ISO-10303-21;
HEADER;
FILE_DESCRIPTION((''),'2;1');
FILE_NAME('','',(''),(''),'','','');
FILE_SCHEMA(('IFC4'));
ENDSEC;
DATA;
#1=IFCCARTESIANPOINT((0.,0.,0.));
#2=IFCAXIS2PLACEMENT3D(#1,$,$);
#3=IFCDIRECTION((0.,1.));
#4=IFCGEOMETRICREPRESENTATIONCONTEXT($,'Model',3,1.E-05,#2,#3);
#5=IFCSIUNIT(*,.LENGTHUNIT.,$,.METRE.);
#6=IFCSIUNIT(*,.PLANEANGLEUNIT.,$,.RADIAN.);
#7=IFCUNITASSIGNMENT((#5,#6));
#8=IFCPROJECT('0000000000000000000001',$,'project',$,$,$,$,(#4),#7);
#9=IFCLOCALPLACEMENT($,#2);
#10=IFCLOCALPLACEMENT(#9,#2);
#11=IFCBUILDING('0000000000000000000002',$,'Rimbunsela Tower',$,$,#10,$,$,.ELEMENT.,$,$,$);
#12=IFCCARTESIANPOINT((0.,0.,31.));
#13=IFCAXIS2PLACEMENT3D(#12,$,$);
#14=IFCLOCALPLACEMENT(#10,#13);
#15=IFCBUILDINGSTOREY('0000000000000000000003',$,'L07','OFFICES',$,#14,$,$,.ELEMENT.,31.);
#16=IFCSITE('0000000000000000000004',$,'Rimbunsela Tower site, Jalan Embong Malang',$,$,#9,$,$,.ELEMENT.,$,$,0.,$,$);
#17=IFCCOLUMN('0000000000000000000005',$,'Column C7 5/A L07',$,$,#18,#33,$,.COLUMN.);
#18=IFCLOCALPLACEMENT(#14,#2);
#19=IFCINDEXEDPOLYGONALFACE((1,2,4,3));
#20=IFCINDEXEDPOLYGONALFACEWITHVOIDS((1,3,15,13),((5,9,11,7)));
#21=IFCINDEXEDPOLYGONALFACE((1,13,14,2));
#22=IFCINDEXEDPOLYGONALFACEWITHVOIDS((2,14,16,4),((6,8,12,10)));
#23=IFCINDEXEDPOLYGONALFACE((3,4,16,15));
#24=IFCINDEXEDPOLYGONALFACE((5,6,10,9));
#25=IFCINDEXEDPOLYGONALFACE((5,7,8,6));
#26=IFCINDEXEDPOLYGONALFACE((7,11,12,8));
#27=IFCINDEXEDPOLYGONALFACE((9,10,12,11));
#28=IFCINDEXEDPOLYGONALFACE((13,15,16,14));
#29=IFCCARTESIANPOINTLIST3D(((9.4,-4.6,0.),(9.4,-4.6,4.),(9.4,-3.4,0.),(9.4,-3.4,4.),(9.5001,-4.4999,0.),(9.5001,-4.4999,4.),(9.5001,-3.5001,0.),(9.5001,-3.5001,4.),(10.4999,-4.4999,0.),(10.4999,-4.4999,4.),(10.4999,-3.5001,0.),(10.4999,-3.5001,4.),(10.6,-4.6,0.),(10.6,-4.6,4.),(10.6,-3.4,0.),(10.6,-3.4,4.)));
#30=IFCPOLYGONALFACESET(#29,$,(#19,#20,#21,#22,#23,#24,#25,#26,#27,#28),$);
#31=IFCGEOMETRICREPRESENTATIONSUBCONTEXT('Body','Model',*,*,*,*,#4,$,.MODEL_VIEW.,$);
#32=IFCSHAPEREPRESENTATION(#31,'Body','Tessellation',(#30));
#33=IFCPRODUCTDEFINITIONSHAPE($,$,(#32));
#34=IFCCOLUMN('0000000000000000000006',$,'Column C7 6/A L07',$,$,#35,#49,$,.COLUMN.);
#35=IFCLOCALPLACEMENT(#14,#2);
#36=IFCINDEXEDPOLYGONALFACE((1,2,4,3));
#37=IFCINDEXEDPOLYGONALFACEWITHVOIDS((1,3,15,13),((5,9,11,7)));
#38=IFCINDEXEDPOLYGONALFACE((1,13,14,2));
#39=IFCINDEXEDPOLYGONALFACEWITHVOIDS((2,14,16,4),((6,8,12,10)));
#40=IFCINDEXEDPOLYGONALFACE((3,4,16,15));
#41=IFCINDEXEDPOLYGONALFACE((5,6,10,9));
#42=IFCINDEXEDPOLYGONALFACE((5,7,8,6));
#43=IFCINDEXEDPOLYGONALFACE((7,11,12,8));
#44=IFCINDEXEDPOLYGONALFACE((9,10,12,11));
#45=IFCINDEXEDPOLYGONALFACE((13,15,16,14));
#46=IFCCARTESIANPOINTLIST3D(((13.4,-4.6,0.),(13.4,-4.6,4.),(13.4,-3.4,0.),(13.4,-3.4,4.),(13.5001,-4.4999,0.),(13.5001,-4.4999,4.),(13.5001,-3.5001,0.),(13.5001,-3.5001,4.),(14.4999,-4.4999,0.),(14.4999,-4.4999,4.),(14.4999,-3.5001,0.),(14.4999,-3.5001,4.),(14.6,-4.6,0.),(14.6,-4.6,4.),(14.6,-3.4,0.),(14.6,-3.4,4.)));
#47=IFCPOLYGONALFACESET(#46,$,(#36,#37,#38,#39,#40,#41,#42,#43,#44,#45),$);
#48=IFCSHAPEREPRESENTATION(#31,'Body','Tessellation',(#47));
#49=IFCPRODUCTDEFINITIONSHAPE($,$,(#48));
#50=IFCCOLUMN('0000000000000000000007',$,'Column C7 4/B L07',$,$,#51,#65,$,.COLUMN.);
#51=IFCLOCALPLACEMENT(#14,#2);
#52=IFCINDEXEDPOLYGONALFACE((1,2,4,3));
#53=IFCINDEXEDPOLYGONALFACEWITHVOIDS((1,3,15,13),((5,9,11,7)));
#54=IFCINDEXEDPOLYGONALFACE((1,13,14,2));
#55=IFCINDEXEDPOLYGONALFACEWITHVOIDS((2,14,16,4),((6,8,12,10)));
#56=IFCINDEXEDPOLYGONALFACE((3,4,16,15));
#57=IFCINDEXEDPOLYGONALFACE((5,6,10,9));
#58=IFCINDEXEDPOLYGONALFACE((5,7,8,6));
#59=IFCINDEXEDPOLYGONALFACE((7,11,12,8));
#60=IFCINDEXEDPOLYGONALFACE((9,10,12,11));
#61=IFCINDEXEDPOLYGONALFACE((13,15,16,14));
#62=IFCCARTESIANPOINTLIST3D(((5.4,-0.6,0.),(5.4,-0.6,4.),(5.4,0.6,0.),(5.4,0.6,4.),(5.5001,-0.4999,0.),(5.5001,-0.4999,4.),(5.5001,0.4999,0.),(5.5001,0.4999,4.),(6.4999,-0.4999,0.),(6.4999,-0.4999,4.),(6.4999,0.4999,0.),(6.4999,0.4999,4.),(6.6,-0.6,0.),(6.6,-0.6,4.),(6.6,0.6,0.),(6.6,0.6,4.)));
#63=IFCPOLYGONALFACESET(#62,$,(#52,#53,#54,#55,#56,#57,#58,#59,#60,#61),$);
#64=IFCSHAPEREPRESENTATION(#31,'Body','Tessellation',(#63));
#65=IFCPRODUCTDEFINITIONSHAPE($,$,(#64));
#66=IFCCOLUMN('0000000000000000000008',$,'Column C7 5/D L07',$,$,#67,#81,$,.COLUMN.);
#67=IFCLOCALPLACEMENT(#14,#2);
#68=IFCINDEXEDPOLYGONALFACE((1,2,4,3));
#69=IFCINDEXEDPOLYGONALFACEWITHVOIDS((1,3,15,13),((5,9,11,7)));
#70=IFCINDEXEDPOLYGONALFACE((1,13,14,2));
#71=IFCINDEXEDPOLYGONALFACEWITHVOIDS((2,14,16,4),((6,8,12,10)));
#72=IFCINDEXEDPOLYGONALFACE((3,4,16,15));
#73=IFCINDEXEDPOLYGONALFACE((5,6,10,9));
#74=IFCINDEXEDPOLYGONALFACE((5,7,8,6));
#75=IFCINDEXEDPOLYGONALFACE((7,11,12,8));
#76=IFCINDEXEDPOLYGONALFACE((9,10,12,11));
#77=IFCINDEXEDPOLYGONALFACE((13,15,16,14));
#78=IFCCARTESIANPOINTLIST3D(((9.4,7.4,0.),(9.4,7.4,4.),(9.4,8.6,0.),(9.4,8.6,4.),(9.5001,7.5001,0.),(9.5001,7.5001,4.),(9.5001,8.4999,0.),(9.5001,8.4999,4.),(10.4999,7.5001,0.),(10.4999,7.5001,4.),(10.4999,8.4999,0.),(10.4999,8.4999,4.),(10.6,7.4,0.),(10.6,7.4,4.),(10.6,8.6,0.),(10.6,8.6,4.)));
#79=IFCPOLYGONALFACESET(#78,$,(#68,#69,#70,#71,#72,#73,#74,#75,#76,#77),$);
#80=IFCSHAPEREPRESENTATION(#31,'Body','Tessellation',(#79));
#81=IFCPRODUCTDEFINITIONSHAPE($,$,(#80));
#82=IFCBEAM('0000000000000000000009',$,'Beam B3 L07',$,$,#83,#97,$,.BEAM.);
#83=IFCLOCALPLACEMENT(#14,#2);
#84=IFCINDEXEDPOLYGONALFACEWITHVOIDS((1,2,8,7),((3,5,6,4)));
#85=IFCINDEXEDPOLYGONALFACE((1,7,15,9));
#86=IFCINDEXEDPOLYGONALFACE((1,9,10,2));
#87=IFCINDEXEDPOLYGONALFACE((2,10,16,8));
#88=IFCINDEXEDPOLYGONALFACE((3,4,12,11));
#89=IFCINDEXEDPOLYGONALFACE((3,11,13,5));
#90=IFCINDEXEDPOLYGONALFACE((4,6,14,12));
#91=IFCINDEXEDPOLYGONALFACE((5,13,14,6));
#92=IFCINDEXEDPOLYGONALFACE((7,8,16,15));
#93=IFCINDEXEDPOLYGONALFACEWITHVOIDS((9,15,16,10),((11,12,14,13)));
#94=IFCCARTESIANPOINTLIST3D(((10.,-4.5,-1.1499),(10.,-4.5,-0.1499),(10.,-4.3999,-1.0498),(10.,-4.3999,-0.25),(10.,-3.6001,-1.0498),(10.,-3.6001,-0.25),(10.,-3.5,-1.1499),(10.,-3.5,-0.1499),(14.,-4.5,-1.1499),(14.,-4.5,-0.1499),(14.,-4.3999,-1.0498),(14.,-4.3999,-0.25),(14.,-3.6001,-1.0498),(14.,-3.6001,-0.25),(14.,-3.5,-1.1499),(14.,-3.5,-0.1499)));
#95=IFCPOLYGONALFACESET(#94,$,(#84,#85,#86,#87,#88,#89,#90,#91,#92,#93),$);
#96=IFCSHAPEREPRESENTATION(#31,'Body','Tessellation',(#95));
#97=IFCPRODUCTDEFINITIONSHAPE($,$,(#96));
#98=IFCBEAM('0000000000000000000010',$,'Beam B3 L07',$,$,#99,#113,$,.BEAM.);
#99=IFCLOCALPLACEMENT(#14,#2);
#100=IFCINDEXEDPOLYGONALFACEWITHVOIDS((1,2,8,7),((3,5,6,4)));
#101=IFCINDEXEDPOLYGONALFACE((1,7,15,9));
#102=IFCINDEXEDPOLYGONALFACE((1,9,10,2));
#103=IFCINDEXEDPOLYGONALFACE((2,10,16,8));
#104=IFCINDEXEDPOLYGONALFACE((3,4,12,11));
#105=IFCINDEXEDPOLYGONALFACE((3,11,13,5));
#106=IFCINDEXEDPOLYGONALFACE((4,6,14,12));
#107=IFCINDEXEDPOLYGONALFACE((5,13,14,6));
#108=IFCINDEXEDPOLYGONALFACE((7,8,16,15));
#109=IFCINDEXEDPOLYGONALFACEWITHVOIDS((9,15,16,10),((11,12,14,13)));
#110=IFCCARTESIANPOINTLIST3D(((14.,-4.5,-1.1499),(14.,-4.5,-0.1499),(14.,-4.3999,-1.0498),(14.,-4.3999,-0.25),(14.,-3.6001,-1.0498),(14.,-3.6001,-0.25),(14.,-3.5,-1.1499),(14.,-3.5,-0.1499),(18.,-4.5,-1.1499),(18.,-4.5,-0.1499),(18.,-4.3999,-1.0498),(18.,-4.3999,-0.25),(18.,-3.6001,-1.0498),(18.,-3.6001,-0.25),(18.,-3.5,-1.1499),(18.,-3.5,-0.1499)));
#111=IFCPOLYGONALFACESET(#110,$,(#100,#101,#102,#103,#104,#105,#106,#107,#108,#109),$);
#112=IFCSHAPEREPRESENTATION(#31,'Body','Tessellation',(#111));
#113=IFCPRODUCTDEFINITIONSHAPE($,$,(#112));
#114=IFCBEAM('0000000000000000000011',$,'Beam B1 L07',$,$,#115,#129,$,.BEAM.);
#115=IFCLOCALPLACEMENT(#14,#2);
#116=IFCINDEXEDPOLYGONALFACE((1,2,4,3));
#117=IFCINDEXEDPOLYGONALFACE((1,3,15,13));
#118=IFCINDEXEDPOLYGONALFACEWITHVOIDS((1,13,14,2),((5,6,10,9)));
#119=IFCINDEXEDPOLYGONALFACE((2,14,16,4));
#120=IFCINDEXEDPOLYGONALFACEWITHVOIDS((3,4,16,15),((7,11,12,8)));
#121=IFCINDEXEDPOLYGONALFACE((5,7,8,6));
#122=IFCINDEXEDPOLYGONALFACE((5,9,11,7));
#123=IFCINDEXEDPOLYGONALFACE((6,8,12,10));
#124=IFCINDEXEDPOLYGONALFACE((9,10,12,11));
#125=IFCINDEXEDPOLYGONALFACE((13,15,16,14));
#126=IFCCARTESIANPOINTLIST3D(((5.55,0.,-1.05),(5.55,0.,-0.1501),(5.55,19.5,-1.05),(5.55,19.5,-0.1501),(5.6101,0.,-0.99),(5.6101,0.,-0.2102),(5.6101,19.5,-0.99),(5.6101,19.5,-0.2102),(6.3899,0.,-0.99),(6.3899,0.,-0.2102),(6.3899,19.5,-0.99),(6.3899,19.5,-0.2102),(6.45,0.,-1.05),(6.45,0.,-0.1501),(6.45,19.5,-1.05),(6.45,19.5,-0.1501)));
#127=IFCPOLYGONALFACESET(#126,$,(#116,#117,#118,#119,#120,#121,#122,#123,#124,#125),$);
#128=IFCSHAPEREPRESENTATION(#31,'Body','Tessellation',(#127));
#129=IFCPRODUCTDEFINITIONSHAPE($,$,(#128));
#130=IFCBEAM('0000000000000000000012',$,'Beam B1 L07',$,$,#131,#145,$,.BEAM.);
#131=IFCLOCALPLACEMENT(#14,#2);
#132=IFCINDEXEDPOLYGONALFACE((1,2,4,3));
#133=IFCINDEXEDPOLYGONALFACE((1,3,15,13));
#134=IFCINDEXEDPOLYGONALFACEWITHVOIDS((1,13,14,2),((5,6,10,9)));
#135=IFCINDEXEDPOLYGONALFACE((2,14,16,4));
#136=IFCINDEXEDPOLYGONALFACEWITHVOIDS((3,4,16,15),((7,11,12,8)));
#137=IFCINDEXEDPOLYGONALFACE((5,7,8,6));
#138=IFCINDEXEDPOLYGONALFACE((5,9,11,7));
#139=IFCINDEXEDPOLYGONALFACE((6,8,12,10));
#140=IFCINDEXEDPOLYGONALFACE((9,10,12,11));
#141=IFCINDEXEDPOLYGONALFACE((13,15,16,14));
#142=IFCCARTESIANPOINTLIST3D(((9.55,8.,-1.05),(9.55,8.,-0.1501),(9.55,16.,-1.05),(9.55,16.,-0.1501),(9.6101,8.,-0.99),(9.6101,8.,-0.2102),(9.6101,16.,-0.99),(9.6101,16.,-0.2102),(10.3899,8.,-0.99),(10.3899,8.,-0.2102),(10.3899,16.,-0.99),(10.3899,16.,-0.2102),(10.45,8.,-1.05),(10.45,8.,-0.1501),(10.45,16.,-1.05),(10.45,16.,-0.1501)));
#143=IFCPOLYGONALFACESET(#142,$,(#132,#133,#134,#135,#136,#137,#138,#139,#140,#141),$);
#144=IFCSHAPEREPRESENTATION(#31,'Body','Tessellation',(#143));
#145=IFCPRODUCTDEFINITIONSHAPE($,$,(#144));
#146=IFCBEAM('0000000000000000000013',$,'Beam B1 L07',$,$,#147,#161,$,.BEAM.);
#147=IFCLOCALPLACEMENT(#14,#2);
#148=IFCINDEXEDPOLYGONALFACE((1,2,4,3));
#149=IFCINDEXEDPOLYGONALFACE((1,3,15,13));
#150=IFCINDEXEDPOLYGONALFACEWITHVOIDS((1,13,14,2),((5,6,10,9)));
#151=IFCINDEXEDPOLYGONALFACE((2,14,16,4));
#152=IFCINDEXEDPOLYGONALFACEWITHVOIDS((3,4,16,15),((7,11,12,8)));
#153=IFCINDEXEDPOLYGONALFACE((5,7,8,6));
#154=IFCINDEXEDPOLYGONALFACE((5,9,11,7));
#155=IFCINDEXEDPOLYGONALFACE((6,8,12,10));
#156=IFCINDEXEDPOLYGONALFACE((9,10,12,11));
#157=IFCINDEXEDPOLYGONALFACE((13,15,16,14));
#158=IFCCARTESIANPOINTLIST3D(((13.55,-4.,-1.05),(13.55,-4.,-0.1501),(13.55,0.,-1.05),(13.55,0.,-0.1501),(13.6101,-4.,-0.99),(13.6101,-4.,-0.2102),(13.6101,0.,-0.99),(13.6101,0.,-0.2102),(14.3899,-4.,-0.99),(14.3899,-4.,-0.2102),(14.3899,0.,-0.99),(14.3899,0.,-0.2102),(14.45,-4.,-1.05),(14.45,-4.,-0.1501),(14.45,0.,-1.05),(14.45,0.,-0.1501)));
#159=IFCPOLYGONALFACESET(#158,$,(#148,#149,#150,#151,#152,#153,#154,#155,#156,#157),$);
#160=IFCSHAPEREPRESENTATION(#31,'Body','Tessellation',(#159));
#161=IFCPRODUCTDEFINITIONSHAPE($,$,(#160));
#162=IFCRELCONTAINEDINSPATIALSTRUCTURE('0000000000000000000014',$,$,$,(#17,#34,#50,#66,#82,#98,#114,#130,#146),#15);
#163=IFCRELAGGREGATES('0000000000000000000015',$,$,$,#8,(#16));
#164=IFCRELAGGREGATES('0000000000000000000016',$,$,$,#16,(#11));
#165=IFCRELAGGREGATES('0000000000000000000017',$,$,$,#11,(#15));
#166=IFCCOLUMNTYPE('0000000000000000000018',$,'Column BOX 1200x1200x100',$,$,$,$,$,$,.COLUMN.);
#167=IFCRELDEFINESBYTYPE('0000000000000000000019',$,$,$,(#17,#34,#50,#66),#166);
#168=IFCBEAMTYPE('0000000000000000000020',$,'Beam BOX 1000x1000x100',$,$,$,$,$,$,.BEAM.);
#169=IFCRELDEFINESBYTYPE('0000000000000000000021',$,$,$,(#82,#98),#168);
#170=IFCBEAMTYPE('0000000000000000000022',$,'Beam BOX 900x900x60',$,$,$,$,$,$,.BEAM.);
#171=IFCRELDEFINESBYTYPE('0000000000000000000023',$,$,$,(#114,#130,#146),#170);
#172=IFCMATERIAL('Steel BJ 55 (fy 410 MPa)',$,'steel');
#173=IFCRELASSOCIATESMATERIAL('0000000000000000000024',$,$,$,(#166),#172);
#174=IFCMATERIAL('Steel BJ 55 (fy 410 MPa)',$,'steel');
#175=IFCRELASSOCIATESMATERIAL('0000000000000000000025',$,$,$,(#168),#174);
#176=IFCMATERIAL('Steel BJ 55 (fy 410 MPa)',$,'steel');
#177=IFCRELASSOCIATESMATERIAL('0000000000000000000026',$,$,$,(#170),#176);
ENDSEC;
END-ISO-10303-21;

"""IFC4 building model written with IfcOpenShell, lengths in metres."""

from ifc_helpers import new_model, si_unit, direction, frame, origin, origin_2d, place, context, subcontext, project, spatial, hollow_rectangle, extrude, material, material_profile, profile_set, type_object, element, save


model = new_model("IFC4")

# Units and contexts
model_context = context("Model", 3, precision=1e-05, world=origin(), true_north=direction((0.0, 1.0)))
body_context = subcontext(model_context, "Body", "Model", "MODEL_VIEW")
ifc_project = project(units=[si_unit("LENGTHUNIT", "METRE"), si_unit("PLANEANGLEUNIT", "RADIAN")], contexts=[model_context])

# Site, building, storey
site_placement = place(None, origin())
site = spatial("IfcSite", under=ifc_project, at=site_placement, Name="Rimbunsela Tower site, Jalan Embong Malang", CompositionType="ELEMENT", RefElevation=0.0)
building_placement = place(site_placement, origin())
building = spatial("IfcBuilding", under=site, at=building_placement, Name="Rimbunsela Tower", CompositionType="ELEMENT")
storey_placement = place(building_placement, frame((0.0, 0.0, 31.0)))
storey = spatial("IfcBuildingStorey", under=building, at=storey_placement, Name="L07", Description="OFFICES", CompositionType="ELEMENT", Elevation=31.0)

# Columns
ifc_material_1 = material(Name="Steel BJ 55 (fy 410 MPa)", Category="steel")
ifc_material_profile_1 = material_profile(ifc_material_1, hollow_rectangle(XDim=1.2, YDim=1.2, WallThickness=0.1001, at=origin_2d()), Name="BOX 1200x1200x100")
ifc_profile_set_1 = profile_set([ifc_material_profile_1], Name="Steel BJ 55 (fy 410 MPa)")
column_type = type_object("IfcColumnType", Name="Column BOX 1200x1200x100", PredefinedType="COLUMN", material=ifc_profile_set_1)
for number, where, z_axis, x_axis, name in (
    (1, (10.0, -4.0, 0.0), (0.0, 0.0, 1.0), (1.0, 0.0, 0.0), "Column C7 5/A L07"),
    (2, (14.0, -4.0, 0.0), (0.0, 0.0, 1.0), (1.0, 0.0, 0.0), "Column C7 6/A L07"),
    (3, (6.0, 0.0, 0.0), (0.0, 0.0, 1.0), (1.0, 0.0, 0.0), "Column C7 4/B L07"),
    (4, (10.0, 8.0, 0.0), (0.0, 0.0, 1.0), (1.0, 0.0, 0.0), "Column C7 5/D L07"),
):
    element("IfcColumn", number, at=place(storey_placement, frame(where, z_axis=z_axis, x_axis=x_axis)), inside=storey, type_object=column_type, Name=name, PredefinedType="COLUMN", context=body_context, shape_type="SweptSolid", body=[
        extrude(hollow_rectangle(XDim=1.2, YDim=1.2, WallThickness=0.1001, at=origin_2d()), origin(), (0.0, 0.0, 1.0), 4.0),
    ])

# Beams
ifc_material_2 = material(Name="Steel BJ 55 (fy 410 MPa)", Category="steel")
ifc_material_profile_2 = material_profile(ifc_material_2, hollow_rectangle(XDim=1.0, YDim=1.0, WallThickness=0.1001, at=origin_2d()), Name="BOX 1000x1000x100")
ifc_profile_set_2 = profile_set([ifc_material_profile_2], Name="Steel BJ 55 (fy 410 MPa)")
beam_type_1 = type_object("IfcBeamType", Name="Beam BOX 1000x1000x100", PredefinedType="BEAM", material=ifc_profile_set_2)
for number, where, z_axis, x_axis, name in (
    (5, (10.0, -4.0, -0.6499), (1.0, 0.0, 0.0), (0.0, 1.0, 0.0), "Beam B3 L07"),
    (6, (14.0, -4.0, -0.6499), (1.0, 0.0, 0.0), (0.0, 1.0, 0.0), "Beam B3 L07"),
):
    element("IfcBeam", number, at=place(storey_placement, frame(where, z_axis=z_axis, x_axis=x_axis)), inside=storey, type_object=beam_type_1, Name=name, PredefinedType="BEAM", context=body_context, shape_type="SweptSolid", body=[
        extrude(hollow_rectangle(XDim=1.0, YDim=1.0, WallThickness=0.1001, at=origin_2d()), origin(), (0.0, 0.0, 1.0), 4.0),
    ])
ifc_material_3 = material(Name="Steel BJ 55 (fy 410 MPa)", Category="steel")
ifc_material_profile_3 = material_profile(ifc_material_3, hollow_rectangle(XDim=0.8999, YDim=0.8999, WallThickness=0.0601, at=origin_2d()), Name="BOX 900x900x60")
ifc_profile_set_3 = profile_set([ifc_material_profile_3], Name="Steel BJ 55 (fy 410 MPa)")
beam_type_2 = type_object("IfcBeamType", Name="Beam BOX 900x900x60", PredefinedType="BEAM", material=ifc_profile_set_3)
beam_1_placement = place(storey_placement, frame((6.0, 0.0, -0.6001), z_axis=(0.0, 1.0, 0.0), x_axis=(-1.0, 0.0, 0.0)))
element("IfcBeam", 7, at=beam_1_placement, inside=storey, type_object=beam_type_2, Name="Beam B1 L07", PredefinedType="BEAM", context=body_context, shape_type="SweptSolid", body=[
    extrude(hollow_rectangle(XDim=0.8999, YDim=0.8999, WallThickness=0.0601, at=origin_2d()), origin(), (0.0, 0.0, 1.0), 19.5),
])
beam_2_placement = place(storey_placement, frame((10.0, 8.0, -0.6001), z_axis=(0.0, 1.0, 0.0), x_axis=(-1.0, 0.0, 0.0)))
element("IfcBeam", 8, at=beam_2_placement, inside=storey, type_object=beam_type_2, Name="Beam B1 L07", PredefinedType="BEAM", context=body_context, shape_type="SweptSolid", body=[
    extrude(hollow_rectangle(XDim=0.8999, YDim=0.8999, WallThickness=0.0601, at=origin_2d()), origin(), (0.0, 0.0, 1.0), 8.0),
])
beam_3_placement = place(storey_placement, frame((14.0, -4.0, -0.6001), z_axis=(0.0, 1.0, 0.0), x_axis=(-1.0, 0.0, 0.0)))
element("IfcBeam", 9, at=beam_3_placement, inside=storey, type_object=beam_type_2, Name="Beam B1 L07", PredefinedType="BEAM", context=body_context, shape_type="SweptSolid", body=[
    extrude(hollow_rectangle(XDim=0.8999, YDim=0.8999, WallThickness=0.0601, at=origin_2d()), origin(), (0.0, 0.0, 1.0), 4.0),
])

save(model, "model.ifc")
